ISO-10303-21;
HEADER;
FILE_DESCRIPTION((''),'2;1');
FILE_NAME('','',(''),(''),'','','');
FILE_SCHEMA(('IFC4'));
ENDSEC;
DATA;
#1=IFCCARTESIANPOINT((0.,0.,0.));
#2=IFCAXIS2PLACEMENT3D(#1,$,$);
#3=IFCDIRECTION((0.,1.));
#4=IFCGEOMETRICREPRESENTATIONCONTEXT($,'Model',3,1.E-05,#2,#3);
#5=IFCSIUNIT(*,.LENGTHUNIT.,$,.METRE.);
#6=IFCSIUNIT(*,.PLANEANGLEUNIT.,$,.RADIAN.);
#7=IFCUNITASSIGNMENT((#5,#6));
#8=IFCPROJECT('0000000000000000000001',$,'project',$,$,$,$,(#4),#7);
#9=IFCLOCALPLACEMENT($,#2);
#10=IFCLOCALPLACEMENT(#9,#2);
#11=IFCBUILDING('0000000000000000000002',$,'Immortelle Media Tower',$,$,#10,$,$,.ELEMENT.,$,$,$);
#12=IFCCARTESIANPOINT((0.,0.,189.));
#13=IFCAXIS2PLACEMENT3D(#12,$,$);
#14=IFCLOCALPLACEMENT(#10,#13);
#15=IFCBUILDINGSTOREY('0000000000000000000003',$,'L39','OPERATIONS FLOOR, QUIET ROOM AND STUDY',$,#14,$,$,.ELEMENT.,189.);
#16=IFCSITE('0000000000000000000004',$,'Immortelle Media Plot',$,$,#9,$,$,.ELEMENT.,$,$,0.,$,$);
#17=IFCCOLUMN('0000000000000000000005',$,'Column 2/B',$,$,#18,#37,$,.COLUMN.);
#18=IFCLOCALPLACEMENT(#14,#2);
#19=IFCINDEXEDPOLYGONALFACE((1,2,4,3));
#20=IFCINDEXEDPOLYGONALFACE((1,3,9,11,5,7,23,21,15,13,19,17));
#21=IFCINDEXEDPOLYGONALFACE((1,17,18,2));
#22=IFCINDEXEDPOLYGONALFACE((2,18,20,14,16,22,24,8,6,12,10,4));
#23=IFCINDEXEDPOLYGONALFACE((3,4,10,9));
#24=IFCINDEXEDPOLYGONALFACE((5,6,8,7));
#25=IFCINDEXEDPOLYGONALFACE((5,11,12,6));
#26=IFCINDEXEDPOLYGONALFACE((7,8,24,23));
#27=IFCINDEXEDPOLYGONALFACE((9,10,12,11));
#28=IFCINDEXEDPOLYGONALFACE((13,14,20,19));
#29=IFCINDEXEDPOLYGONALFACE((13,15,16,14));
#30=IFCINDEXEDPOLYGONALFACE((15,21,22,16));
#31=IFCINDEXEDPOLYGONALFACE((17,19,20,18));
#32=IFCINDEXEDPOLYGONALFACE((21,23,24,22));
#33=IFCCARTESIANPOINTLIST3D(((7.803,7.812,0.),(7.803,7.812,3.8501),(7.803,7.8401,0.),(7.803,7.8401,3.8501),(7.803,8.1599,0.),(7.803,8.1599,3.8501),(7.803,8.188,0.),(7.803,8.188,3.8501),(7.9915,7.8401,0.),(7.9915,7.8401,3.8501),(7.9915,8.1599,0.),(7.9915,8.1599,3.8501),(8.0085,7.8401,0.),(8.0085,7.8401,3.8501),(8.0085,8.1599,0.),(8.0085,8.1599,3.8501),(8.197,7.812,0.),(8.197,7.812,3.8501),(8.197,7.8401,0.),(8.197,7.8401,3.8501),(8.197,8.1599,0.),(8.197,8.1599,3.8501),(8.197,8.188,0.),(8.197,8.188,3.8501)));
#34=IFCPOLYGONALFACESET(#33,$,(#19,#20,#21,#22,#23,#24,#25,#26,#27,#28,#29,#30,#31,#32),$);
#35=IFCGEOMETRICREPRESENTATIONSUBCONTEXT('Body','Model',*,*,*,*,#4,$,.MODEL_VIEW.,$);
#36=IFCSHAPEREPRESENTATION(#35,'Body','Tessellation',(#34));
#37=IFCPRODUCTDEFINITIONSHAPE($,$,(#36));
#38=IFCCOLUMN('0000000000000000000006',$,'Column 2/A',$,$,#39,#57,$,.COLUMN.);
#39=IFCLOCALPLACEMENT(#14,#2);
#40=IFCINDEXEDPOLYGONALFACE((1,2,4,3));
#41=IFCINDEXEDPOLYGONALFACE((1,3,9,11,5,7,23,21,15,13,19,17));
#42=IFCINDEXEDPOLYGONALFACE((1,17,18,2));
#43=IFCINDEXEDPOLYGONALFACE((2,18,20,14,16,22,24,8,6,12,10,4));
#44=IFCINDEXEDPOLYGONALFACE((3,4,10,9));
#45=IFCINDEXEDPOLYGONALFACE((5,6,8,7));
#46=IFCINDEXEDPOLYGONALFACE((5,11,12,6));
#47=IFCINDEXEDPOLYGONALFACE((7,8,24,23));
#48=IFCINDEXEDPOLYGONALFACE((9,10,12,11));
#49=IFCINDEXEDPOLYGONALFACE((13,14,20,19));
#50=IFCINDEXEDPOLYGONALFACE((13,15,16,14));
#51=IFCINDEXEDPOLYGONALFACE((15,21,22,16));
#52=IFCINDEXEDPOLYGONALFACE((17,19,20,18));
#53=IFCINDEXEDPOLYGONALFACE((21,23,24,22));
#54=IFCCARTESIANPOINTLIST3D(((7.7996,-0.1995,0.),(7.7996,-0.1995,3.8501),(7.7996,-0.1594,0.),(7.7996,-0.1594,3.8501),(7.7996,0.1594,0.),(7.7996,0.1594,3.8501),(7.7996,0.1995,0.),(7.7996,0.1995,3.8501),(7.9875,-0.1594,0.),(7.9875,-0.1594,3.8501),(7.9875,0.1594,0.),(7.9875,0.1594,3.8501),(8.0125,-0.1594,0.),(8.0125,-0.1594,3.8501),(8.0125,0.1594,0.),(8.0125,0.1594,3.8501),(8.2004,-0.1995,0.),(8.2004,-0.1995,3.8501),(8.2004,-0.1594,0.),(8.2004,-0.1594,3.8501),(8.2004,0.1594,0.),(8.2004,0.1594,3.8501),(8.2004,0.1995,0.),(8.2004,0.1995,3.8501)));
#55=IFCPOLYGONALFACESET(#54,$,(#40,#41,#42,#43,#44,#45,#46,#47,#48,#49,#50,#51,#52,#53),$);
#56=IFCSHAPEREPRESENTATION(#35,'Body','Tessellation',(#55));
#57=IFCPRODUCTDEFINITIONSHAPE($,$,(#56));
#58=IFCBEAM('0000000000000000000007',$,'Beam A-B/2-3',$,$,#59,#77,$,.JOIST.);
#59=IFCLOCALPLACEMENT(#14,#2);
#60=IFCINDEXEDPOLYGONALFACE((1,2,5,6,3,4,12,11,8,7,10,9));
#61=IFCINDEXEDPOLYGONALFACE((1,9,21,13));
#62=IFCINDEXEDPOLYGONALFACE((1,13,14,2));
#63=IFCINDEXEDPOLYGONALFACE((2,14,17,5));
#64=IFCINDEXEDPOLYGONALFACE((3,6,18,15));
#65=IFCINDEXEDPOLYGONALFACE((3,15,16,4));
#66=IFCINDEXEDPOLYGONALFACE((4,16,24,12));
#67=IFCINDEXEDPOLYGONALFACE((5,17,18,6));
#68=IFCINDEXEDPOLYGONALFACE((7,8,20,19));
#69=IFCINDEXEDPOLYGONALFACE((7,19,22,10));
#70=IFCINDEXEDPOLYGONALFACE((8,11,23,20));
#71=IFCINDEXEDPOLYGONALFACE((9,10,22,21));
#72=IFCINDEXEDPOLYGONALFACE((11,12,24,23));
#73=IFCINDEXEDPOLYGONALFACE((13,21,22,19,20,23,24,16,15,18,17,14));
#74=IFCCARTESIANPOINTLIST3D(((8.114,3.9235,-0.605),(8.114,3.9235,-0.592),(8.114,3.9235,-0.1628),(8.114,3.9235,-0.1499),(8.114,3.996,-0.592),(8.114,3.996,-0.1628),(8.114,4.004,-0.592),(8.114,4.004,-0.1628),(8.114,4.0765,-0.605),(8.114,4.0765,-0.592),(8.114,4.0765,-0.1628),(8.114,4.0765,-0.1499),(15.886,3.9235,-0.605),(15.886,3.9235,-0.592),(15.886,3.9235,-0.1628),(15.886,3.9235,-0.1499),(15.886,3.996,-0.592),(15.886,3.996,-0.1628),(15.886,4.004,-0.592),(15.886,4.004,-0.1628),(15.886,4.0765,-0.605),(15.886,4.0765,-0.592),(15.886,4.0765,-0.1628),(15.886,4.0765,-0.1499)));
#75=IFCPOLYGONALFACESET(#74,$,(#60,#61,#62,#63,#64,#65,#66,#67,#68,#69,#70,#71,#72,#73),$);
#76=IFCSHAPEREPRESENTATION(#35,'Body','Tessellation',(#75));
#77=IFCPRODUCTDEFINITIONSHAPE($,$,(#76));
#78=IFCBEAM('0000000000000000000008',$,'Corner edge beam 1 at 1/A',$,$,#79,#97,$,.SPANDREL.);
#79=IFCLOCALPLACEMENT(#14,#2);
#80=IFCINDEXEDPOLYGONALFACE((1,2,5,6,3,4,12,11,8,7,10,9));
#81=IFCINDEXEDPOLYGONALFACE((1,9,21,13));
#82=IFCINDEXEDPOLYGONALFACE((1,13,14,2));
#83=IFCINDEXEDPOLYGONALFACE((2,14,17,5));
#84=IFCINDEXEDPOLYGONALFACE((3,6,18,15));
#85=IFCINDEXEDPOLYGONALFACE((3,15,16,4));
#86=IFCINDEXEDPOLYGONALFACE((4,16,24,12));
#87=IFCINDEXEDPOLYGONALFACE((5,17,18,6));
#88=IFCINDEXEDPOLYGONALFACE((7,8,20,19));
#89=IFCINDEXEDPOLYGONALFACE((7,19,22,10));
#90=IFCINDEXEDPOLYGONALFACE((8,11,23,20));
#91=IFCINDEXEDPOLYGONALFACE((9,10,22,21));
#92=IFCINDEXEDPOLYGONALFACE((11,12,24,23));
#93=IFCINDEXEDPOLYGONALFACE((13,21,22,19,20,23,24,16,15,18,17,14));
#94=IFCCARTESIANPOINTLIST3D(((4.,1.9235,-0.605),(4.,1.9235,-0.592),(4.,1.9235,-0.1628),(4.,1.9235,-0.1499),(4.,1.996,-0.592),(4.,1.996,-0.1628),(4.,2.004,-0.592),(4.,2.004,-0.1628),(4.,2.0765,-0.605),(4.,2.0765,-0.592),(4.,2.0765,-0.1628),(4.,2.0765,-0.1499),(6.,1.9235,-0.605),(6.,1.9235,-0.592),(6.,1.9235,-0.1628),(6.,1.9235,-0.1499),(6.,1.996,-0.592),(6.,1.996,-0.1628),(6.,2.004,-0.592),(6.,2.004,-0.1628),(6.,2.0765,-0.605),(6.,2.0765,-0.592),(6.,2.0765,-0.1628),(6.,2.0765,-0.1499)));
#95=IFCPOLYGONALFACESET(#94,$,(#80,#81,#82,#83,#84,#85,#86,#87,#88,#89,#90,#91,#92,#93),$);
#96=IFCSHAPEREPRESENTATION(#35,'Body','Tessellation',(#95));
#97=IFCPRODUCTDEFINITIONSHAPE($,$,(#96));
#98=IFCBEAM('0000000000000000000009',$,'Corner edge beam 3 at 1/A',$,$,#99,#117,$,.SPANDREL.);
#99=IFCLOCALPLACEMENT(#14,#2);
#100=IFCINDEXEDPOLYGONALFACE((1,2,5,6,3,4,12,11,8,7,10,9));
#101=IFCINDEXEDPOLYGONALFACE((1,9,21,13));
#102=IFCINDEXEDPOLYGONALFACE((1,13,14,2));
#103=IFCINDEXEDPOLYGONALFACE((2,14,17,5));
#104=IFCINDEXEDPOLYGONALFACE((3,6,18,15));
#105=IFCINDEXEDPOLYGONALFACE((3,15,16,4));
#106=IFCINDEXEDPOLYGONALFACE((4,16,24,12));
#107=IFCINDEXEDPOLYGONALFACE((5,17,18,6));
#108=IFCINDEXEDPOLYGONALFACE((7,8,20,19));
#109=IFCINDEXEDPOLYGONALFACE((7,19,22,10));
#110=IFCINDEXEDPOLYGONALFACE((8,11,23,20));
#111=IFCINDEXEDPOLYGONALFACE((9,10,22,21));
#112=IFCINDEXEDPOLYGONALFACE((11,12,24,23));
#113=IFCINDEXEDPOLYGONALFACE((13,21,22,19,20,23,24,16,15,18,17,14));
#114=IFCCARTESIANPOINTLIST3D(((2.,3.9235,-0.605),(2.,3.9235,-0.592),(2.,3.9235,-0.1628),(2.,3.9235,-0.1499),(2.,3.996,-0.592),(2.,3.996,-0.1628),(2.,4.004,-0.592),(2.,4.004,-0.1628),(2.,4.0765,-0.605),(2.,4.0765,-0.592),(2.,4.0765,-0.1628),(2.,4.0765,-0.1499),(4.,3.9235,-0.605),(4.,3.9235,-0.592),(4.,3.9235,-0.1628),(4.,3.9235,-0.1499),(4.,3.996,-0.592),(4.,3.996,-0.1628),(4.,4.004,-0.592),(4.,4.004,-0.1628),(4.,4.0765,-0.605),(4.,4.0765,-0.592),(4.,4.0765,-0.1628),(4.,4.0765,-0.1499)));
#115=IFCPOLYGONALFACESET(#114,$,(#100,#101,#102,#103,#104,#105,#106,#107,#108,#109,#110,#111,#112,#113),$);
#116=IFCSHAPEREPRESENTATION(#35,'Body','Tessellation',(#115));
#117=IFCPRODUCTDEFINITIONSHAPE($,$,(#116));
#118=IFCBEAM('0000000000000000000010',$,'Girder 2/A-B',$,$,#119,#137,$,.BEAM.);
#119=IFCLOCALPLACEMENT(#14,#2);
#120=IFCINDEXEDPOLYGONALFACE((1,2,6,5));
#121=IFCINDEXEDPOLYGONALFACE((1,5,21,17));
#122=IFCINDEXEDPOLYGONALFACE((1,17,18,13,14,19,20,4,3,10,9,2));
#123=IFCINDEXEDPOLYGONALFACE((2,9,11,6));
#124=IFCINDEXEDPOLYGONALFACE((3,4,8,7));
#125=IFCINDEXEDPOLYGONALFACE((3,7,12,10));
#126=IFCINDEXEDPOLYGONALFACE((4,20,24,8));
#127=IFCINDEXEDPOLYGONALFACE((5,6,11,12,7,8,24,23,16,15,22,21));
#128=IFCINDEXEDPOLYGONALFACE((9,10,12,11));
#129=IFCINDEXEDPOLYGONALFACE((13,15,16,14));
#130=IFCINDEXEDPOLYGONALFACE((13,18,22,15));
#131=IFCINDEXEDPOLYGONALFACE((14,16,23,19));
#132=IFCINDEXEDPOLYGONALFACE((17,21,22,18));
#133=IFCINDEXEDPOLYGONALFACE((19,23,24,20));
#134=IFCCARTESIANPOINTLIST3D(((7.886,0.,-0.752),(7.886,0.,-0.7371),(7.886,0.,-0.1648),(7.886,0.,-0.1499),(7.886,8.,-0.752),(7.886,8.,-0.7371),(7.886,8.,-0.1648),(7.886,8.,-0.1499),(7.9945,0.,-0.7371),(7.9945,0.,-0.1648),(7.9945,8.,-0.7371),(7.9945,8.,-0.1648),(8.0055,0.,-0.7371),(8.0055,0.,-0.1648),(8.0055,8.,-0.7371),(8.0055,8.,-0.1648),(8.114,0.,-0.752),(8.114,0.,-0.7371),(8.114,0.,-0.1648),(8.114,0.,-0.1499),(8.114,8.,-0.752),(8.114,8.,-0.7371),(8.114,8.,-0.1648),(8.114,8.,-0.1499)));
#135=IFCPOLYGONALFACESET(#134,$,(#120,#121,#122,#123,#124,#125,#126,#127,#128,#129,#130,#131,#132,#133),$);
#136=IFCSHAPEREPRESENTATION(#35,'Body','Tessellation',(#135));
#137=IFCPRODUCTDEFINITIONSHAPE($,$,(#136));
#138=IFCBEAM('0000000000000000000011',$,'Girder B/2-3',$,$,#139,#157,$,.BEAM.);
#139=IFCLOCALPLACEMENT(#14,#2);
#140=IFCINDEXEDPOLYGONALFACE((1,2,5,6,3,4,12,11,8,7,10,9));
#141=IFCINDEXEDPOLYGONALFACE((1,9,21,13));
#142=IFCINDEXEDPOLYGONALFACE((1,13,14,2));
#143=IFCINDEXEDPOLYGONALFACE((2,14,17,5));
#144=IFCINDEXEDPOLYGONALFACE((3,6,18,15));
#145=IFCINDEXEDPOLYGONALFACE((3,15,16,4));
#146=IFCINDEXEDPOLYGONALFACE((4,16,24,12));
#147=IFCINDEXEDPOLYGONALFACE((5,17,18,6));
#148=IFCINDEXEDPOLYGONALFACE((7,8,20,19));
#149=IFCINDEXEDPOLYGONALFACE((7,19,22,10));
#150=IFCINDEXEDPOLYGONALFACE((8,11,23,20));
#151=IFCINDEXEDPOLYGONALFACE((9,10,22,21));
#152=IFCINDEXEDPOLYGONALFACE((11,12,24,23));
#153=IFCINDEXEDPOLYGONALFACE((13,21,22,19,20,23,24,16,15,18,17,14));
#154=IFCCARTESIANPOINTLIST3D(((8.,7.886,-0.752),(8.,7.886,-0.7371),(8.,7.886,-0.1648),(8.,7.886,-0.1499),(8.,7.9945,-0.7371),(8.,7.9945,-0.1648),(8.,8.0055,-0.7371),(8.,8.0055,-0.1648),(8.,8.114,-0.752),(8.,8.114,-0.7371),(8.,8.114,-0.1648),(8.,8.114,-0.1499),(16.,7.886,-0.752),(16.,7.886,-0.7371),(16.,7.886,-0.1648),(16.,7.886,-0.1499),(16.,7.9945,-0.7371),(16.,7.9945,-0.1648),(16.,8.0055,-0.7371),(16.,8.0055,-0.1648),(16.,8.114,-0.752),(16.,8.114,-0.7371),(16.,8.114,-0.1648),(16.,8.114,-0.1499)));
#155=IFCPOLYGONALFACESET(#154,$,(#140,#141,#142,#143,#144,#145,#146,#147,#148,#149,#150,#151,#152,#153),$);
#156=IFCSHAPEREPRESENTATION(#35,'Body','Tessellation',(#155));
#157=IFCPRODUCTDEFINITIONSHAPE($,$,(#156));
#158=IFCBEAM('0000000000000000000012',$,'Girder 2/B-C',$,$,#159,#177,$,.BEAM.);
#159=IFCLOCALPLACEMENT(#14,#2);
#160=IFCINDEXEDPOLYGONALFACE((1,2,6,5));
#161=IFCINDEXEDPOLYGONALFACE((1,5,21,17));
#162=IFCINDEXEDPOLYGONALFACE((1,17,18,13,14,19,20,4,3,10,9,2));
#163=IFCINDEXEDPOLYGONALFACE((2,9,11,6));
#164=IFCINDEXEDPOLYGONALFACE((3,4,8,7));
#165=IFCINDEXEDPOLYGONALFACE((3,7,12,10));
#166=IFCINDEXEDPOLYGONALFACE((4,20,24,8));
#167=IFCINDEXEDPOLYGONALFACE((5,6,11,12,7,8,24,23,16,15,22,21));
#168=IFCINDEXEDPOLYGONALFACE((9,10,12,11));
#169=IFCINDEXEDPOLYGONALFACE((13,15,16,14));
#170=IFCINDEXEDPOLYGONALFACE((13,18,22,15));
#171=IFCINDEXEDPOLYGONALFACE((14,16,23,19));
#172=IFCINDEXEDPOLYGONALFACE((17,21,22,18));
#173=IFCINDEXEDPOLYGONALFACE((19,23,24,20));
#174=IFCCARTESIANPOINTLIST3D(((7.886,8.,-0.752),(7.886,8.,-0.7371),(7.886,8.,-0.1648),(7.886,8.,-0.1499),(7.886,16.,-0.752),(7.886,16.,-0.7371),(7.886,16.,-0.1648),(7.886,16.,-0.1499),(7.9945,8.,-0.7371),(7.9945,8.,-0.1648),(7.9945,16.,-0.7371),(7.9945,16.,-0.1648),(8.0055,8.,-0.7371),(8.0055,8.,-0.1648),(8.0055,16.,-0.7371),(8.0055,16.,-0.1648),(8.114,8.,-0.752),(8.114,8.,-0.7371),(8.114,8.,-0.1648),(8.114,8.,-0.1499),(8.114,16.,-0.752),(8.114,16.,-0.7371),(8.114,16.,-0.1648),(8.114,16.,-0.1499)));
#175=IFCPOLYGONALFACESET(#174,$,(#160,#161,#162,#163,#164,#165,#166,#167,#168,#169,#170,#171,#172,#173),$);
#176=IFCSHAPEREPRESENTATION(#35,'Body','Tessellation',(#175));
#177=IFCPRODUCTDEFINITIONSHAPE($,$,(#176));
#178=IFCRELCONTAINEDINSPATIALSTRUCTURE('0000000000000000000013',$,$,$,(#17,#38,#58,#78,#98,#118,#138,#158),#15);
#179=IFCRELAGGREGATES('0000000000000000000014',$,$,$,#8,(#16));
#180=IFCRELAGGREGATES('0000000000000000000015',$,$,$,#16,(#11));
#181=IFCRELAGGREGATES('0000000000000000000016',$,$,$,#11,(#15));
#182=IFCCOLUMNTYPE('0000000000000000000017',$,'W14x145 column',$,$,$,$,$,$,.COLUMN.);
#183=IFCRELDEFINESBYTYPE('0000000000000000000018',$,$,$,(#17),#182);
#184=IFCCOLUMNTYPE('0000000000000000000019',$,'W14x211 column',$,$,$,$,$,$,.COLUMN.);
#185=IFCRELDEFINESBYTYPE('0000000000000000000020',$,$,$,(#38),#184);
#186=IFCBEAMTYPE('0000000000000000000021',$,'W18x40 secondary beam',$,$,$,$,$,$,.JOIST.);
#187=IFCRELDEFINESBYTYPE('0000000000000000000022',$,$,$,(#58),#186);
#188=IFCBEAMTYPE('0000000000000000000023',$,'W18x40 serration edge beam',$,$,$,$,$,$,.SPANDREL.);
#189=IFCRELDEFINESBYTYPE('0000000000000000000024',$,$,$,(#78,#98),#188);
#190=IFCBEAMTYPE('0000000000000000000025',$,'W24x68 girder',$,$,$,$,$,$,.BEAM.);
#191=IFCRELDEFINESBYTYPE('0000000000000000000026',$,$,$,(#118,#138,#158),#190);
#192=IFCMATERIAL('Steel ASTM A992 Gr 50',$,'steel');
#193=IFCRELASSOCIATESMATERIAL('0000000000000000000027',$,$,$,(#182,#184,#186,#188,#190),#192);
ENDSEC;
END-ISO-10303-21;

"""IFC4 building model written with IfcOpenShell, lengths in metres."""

from ifc_helpers import new_model, si_unit, direction, frame, origin, origin_2d, place, context, subcontext, project, spatial, i_section, extrude, material, material_profile, profile_set, type_object, element, save


model = new_model("IFC4")

# Units and contexts
model_context = context("Model", 3, precision=1e-05, world=origin(), true_north=direction((0.0, 1.0)))
body_context = subcontext(model_context, "Body", "Model", "MODEL_VIEW")
ifc_project = project(units=[si_unit("LENGTHUNIT", "METRE"), si_unit("PLANEANGLEUNIT", "RADIAN")], contexts=[model_context])

# Site, building, storey
site_placement = place(None, origin())
site = spatial("IfcSite", under=ifc_project, at=site_placement, Name="Immortelle Media Plot", CompositionType="ELEMENT", RefElevation=0.0)
building_placement = place(site_placement, origin())
building = spatial("IfcBuilding", under=site, at=building_placement, Name="Immortelle Media Tower", CompositionType="ELEMENT")
storey_placement = place(building_placement, frame((0.0, 0.0, 189.0)))
storey = spatial("IfcBuildingStorey", under=building, at=storey_placement, Name="L39", Description="OPERATIONS FLOOR, QUIET ROOM AND STUDY", CompositionType="ELEMENT", Elevation=189.0)

# Columns
ifc_material_1 = material(Name="Steel ASTM A992 Gr 50", Category="steel")
ifc_material_profile_1 = material_profile(ifc_material_1, i_section(OverallWidth=0.394, OverallDepth=0.376, WebThickness=0.0171, FlangeThickness=0.0281, at=origin_2d()), Name="W14x145")
ifc_profile_set_1 = profile_set([ifc_material_profile_1], Name="Steel ASTM A992 Gr 50")
column_type_1 = type_object("IfcColumnType", Name="W14x145 column", PredefinedType="COLUMN", material=ifc_profile_set_1)
column_1_placement = place(storey_placement, frame((8.0, 8.0, 0.0), z_axis=(0.0, 0.0, 1.0), x_axis=(1.0, 0.0, 0.0)))
element("IfcColumn", 1, at=column_1_placement, inside=storey, type_object=column_type_1, Name="Column 2/B", PredefinedType="COLUMN", context=body_context, shape_type="SweptSolid", body=[
    extrude(i_section(OverallWidth=0.394, OverallDepth=0.376, WebThickness=0.0171, FlangeThickness=0.0281, at=origin_2d()), origin(), (0.0, 0.0, 1.0), 3.8501),
])
ifc_material_profile_2 = material_profile(ifc_material_1, i_section(OverallWidth=0.4009, OverallDepth=0.3989, WebThickness=0.0249, FlangeThickness=0.04, at=origin_2d()), Name="W14x211")
ifc_profile_set_2 = profile_set([ifc_material_profile_2], Name="Steel ASTM A992 Gr 50")
column_type_2 = type_object("IfcColumnType", Name="W14x211 column", PredefinedType="COLUMN", material=ifc_profile_set_2)
column_2_placement = place(storey_placement, frame((8.0, 0.0, 0.0), z_axis=(0.0, 0.0, 1.0), x_axis=(1.0, 0.0, 0.0)))
element("IfcColumn", 2, at=column_2_placement, inside=storey, type_object=column_type_2, Name="Column 2/A", PredefinedType="COLUMN", context=body_context, shape_type="SweptSolid", body=[
    extrude(i_section(OverallWidth=0.4009, OverallDepth=0.3989, WebThickness=0.0249, FlangeThickness=0.04, at=origin_2d()), origin(), (0.0, 0.0, 1.0), 3.8501),
])

# Beams
ifc_material_profile_3 = material_profile(ifc_material_1, i_section(OverallWidth=0.1531, OverallDepth=0.4551, WebThickness=0.0081, FlangeThickness=0.0129, at=origin_2d()), Name="W18x40")
ifc_profile_set_3 = profile_set([ifc_material_profile_3], Name="Steel ASTM A992 Gr 50")
beam_type_1 = type_object("IfcBeamType", Name="W18x40 secondary beam", PredefinedType="JOIST", material=ifc_profile_set_3)
beam_1_placement = place(storey_placement, frame((8.114, 4.0, -0.3774), z_axis=(1.0, 0.0, 0.0), x_axis=(0.0, 1.0, 0.0)))
element("IfcBeam", 3, at=beam_1_placement, inside=storey, type_object=beam_type_1, Name="Beam A-B/2-3", PredefinedType="JOIST", context=body_context, shape_type="SweptSolid", body=[
    extrude(i_section(OverallWidth=0.1531, OverallDepth=0.4551, WebThickness=0.0081, FlangeThickness=0.0129, at=origin_2d()), origin(), (0.0, 0.0, 1.0), 7.772),
])
ifc_material_profile_4 = material_profile(ifc_material_1, i_section(OverallWidth=0.1531, OverallDepth=0.4551, WebThickness=0.0081, FlangeThickness=0.0129, at=origin_2d()), Name="W18x40")
ifc_profile_set_4 = profile_set([ifc_material_profile_4], Name="Steel ASTM A992 Gr 50")
beam_type_2 = type_object("IfcBeamType", Name="W18x40 serration edge beam", PredefinedType="SPANDREL", material=ifc_profile_set_4)
for number, where, z_axis, x_axis, name in (
    (4, (6.0, 2.0, -0.3774), (-1.0, 0.0, 0.0), (0.0, -1.0, 0.0), "Corner edge beam 1 at 1/A"),
    (5, (4.0, 4.0, -0.3774), (-1.0, 0.0, 0.0), (0.0, -1.0, 0.0), "Corner edge beam 3 at 1/A"),
):
    element("IfcBeam", number, at=place(storey_placement, frame(where, z_axis=z_axis, x_axis=x_axis)), inside=storey, type_object=beam_type_2, Name=name, PredefinedType="SPANDREL", context=body_context, shape_type="SweptSolid", body=[
        extrude(i_section(OverallWidth=0.1531, OverallDepth=0.4551, WebThickness=0.0081, FlangeThickness=0.0129, at=origin_2d()), origin(), (0.0, 0.0, 1.0), 2.0),
    ])
ifc_material_profile_5 = material_profile(ifc_material_1, i_section(OverallWidth=0.228, OverallDepth=0.6021, WebThickness=0.011, FlangeThickness=0.0149, at=origin_2d()), Name="W24x68")
ifc_profile_set_5 = profile_set([ifc_material_profile_5], Name="Steel ASTM A992 Gr 50")
beam_type_3 = type_object("IfcBeamType", Name="W24x68 girder", PredefinedType="BEAM", material=ifc_profile_set_5)
for number, where, z_axis, x_axis, name in (
    (6, (8.0, 0.0, -0.4509), (0.0, 1.0, 0.0), (-1.0, 0.0, 0.0), "Girder 2/A-B"),
    (7, (8.0, 8.0, -0.4509), (1.0, 0.0, 0.0), (0.0, 1.0, 0.0), "Girder B/2-3"),
    (8, (8.0, 8.0, -0.4509), (0.0, 1.0, 0.0), (-1.0, 0.0, 0.0), "Girder 2/B-C"),
):
    element("IfcBeam", number, at=place(storey_placement, frame(where, z_axis=z_axis, x_axis=x_axis)), inside=storey, type_object=beam_type_3, Name=name, PredefinedType="BEAM", context=body_context, shape_type="SweptSolid", body=[
        extrude(i_section(OverallWidth=0.228, OverallDepth=0.6021, WebThickness=0.011, FlangeThickness=0.0149, at=origin_2d()), origin(), (0.0, 0.0, 1.0), 8.0),
    ])

save(model, "model.ifc")
